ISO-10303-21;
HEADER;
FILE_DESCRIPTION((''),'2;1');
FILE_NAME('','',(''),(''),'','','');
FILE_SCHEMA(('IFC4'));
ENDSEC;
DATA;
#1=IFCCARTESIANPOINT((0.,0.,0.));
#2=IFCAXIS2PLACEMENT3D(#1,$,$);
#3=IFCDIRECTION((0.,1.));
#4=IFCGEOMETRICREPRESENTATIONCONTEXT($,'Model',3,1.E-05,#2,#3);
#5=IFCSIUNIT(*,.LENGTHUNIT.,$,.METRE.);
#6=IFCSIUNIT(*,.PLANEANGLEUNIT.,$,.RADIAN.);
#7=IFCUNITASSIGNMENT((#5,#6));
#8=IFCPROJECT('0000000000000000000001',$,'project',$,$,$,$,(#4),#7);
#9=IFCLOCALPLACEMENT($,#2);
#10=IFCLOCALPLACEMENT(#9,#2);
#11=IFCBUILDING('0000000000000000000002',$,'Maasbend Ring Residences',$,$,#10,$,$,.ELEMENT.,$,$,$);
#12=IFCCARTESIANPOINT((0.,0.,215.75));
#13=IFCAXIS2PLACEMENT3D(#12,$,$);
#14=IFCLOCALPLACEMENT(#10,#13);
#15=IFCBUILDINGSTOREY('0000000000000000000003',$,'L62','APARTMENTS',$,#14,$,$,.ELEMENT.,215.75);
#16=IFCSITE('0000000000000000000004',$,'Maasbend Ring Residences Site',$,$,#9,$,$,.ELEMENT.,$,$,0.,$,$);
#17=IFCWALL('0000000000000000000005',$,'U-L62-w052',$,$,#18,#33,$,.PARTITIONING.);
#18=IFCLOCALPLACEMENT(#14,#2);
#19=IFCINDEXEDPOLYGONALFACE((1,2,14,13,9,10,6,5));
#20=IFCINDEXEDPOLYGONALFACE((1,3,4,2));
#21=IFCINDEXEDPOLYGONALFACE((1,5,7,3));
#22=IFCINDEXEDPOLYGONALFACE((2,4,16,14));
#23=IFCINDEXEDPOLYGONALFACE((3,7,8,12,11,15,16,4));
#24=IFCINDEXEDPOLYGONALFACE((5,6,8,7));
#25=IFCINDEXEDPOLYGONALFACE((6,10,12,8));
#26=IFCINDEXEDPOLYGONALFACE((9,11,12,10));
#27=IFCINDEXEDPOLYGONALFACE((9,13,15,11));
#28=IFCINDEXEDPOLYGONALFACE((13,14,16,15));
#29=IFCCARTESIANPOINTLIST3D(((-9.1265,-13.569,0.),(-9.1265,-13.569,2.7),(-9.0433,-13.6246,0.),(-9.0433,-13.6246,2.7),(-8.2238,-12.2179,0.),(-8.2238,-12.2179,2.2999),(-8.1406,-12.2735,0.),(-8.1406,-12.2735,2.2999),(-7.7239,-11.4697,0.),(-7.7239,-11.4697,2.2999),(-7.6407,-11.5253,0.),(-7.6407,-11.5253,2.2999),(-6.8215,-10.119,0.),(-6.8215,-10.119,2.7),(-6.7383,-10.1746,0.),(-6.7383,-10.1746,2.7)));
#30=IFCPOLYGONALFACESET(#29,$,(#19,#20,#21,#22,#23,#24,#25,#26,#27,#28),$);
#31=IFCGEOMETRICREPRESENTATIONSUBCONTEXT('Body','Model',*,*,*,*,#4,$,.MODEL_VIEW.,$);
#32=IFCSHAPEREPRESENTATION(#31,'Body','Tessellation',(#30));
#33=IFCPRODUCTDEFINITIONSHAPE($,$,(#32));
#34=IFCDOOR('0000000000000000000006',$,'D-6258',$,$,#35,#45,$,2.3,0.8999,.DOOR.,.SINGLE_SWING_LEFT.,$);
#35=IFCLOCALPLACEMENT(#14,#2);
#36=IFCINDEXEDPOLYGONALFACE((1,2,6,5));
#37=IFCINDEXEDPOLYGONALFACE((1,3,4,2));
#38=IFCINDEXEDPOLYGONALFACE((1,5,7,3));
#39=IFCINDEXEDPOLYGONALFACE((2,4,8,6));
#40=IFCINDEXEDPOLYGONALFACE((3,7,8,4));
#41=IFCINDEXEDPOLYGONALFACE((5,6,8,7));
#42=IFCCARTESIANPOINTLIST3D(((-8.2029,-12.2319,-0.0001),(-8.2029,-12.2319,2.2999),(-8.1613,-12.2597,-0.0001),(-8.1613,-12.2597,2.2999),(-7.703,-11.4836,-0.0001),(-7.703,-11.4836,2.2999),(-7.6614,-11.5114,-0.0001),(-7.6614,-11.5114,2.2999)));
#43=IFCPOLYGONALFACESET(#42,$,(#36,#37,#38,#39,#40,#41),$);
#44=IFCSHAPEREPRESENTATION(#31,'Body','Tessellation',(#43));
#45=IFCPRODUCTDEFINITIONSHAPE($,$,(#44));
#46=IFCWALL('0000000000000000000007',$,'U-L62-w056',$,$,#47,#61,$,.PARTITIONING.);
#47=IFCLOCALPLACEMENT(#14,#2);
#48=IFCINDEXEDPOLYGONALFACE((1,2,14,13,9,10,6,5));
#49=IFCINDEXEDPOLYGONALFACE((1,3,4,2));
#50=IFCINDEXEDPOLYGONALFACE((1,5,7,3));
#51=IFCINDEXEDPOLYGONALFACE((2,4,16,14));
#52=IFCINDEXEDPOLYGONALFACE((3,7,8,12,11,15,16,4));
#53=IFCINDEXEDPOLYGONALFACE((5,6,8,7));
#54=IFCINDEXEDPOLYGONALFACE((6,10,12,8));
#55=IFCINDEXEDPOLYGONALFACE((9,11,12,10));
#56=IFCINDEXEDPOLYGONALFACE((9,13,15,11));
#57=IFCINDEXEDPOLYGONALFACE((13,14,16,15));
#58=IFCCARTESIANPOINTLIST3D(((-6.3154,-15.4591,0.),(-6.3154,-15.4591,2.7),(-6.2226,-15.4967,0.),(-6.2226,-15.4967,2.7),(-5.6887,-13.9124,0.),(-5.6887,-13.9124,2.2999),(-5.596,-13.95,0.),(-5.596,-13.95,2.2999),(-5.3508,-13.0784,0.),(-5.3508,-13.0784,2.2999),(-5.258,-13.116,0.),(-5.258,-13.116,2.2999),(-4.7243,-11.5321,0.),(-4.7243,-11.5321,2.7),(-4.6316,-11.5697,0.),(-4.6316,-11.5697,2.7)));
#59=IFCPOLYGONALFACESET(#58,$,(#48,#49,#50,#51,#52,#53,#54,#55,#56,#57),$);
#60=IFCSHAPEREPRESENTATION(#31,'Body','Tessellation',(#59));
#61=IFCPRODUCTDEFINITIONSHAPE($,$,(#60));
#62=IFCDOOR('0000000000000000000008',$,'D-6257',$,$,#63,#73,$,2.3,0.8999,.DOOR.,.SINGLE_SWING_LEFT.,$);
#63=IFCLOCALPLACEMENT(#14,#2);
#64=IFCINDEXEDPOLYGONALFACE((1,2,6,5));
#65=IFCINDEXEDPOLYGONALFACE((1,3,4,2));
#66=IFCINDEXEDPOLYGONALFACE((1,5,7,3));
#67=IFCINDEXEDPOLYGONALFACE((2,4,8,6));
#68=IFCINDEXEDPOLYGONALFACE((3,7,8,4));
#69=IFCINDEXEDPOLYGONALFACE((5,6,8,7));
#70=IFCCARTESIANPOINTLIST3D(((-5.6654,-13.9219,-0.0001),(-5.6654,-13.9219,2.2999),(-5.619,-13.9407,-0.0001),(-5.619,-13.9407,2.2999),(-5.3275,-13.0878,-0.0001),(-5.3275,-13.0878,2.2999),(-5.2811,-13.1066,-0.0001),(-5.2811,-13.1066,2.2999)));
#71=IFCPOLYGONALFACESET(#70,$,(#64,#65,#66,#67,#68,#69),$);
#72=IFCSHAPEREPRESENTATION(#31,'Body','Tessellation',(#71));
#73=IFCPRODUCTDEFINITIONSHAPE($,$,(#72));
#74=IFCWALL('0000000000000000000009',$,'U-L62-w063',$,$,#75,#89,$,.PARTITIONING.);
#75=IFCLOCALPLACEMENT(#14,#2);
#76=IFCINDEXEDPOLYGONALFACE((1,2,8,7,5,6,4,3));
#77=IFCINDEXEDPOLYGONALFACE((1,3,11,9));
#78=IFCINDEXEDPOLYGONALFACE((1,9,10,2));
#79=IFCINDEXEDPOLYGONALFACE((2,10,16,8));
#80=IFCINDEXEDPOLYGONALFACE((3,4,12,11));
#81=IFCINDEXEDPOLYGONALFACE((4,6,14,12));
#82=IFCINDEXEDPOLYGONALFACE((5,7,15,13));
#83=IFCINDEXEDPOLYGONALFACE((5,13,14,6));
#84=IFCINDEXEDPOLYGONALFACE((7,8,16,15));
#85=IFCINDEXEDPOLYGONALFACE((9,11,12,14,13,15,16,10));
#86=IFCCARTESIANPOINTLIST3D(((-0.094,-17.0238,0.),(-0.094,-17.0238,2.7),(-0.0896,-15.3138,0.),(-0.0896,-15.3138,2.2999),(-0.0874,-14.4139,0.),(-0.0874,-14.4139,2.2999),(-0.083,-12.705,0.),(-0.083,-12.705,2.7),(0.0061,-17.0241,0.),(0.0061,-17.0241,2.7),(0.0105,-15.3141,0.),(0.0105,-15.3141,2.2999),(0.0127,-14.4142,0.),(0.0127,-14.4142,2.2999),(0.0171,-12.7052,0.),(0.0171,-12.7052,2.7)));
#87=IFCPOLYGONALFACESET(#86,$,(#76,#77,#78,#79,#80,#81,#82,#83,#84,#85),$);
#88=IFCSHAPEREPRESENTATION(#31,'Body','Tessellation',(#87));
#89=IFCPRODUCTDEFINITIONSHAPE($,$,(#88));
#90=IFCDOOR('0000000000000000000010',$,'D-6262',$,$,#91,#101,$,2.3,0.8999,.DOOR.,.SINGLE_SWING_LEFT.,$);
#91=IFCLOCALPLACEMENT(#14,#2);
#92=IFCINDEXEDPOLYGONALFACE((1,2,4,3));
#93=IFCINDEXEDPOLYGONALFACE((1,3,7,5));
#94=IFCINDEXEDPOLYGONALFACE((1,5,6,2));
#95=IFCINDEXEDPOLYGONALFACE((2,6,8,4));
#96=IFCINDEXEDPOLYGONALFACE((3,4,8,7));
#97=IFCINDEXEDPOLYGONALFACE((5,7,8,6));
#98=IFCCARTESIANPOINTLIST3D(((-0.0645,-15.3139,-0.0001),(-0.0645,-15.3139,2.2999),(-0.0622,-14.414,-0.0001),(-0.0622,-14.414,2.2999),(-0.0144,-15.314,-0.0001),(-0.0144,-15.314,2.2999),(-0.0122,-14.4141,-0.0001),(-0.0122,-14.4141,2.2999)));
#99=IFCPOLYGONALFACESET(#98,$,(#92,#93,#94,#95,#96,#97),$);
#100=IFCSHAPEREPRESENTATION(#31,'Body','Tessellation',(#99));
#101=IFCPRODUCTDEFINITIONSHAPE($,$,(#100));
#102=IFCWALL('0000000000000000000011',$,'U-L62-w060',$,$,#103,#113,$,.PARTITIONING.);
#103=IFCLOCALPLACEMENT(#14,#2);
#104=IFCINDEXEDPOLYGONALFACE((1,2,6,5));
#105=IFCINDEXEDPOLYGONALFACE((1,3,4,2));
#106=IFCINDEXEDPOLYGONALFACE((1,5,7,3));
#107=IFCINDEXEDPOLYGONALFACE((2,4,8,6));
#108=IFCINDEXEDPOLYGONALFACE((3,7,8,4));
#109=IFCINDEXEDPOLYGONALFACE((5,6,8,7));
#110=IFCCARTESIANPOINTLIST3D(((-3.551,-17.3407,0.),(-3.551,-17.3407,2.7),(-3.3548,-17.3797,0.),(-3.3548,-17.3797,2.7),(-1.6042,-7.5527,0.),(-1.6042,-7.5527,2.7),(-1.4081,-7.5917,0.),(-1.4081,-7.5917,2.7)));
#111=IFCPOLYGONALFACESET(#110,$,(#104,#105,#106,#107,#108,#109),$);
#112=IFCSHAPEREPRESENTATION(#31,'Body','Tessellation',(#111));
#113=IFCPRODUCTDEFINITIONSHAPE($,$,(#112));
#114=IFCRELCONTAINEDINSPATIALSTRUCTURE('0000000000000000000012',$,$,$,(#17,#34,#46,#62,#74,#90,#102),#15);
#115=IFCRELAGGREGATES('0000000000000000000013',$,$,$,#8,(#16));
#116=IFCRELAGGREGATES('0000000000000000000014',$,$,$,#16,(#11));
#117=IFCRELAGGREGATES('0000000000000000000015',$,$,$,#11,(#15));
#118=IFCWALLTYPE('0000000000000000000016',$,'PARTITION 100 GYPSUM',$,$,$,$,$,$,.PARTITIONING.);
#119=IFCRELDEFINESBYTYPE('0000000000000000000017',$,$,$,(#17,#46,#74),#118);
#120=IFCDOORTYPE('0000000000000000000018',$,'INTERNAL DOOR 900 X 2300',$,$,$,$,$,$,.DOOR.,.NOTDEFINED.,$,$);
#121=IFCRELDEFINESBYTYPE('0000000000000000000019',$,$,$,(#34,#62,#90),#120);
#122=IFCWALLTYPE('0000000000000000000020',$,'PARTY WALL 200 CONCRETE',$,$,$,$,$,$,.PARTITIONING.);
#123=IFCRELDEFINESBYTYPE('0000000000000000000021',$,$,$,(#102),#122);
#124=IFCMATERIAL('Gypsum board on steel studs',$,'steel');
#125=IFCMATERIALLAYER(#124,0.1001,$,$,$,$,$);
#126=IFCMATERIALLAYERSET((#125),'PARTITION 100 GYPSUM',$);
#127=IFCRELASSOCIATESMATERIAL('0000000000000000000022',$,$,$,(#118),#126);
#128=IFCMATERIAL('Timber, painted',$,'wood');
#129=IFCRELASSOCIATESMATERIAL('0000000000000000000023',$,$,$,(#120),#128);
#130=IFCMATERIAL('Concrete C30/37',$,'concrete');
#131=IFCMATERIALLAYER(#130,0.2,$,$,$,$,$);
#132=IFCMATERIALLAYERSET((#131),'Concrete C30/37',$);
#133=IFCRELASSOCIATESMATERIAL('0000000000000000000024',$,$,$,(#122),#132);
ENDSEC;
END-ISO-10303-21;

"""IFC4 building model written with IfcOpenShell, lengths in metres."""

from ifc_helpers import new_model, si_unit, direction, frame, frame_2d, origin, place, context, subcontext, project, spatial, rectangle, extrude, material, layer, layer_set, type_object, element, fill, save


model = new_model("IFC4")

# Units and contexts
model_context = context("Model", 3, precision=1e-05, world=origin(), true_north=direction((0.0, 1.0)))
body_context = subcontext(model_context, "Body", "Model", "MODEL_VIEW")
ifc_project = project(units=[si_unit("LENGTHUNIT", "METRE"), si_unit("PLANEANGLEUNIT", "RADIAN")], contexts=[model_context])

# Site, building, storey
site_placement = place(None, origin())
site = spatial("IfcSite", under=ifc_project, at=site_placement, Name="Maasbend Ring Residences Site", CompositionType="ELEMENT", RefElevation=0.0)
building_placement = place(site_placement, origin())
building = spatial("IfcBuilding", under=site, at=building_placement, Name="Maasbend Ring Residences", CompositionType="ELEMENT")
storey_placement = place(building_placement, frame((0.0, 0.0, 215.75)))
storey = spatial("IfcBuildingStorey", under=building, at=storey_placement, Name="L62", Description="APARTMENTS", CompositionType="ELEMENT", Elevation=215.75)

# Shared definitions
ifc_material_1 = material(Name="Gypsum board on steel studs", Category="steel")
ifc_layer_1 = layer(ifc_material_1, 0.1001)
ifc_layer_set_1 = layer_set([ifc_layer_1], Name="PARTITION 100 GYPSUM")
wall_type_1 = type_object("IfcWallType", Name="PARTITION 100 GYPSUM", PredefinedType="PARTITIONING", material=ifc_layer_set_1)
ifc_material_2 = material(Name="Timber, painted", Category="wood")
door_type_1 = type_object("IfcDoorType", Name="INTERNAL DOOR 900 X 2300", OperationType="NOTDEFINED", PredefinedType="DOOR", material=ifc_material_2)

# Walls, openings, doors
wall_1_placement = place(storey_placement, frame((-9.085, -13.5969, 0.0), z_axis=(0.0, 0.0, 1.0), x_axis=(0.555528, 0.831498, 0.0)))
wall_1 = element("IfcWall", 1, at=wall_1_placement, inside=storey, type_object=wall_type_1, Name="U-L62-w052", PredefinedType="PARTITIONING", context=body_context, shape_type="SweptSolid", body=[
    extrude(rectangle(XDim=4.1492, YDim=0.1001, at=frame_2d((2.0747, 0.0))), origin(), (0.0, 0.0, 1.0), 2.7),
])
opening_1_placement = place(wall_1_placement, frame((1.625, 0.0, 0.0)))
opening_1 = element("IfcOpeningElement", 2, at=opening_1_placement, cuts=wall_1, PredefinedType="OPENING", context=body_context, shape_type="SweptSolid", body=[
    extrude(rectangle(XDim=0.8999, YDim=2.3, at=frame_2d((0.45, 1.1499))), frame((0.0, 0.0601, 0.0), z_axis=(0.0, -1.0, 0.0), x_axis=(1.0, 0.0, 0.0)), (0.0, 0.0, 1.0), 0.1201),
])
door_1_placement = place(opening_1_placement, origin())
door_1 = element("IfcDoor", 3, at=door_1_placement, inside=storey, type_object=door_type_1, Name="D-6258", OperationType="SINGLE_SWING_LEFT", OverallHeight=2.3, OverallWidth=0.8999, PredefinedType="DOOR", context=body_context, shape_type="SweptSolid", body=[
    extrude(rectangle(XDim=0.8999, YDim=2.3, at=frame_2d((0.45, 1.1499))), frame((0.0, 0.0249, 0.0), z_axis=(0.0, -1.0, 0.0), x_axis=(1.0, 0.0, 0.0)), (0.0, 0.0, 1.0), 0.05),
])
fill(opening_1, door_1)
wall_2_placement = place(storey_placement, frame((-6.269, -15.478, 0.0), z_axis=(0.0, 0.0, 1.0), x_axis=(0.37551, 0.926818, 0.0)))
wall_2 = element("IfcWall", 4, at=wall_2_placement, inside=storey, type_object=wall_type_1, Name="U-L62-w056", PredefinedType="PARTITIONING", context=body_context, shape_type="SweptSolid", body=[
    extrude(rectangle(XDim=4.2371, YDim=0.1001, at=frame_2d((2.1187, 0.0))), origin(), (0.0, 0.0, 1.0), 2.7),
])
opening_2_placement = place(wall_2_placement, frame((1.6689, 0.0, 0.0)))
opening_2 = element("IfcOpeningElement", 5, at=opening_2_placement, cuts=wall_2, PredefinedType="OPENING", context=body_context, shape_type="SweptSolid", body=[
    extrude(rectangle(XDim=0.8999, YDim=2.3, at=frame_2d((0.45, 1.1499))), frame((0.0, 0.0601, 0.0), z_axis=(0.0, -1.0, 0.0), x_axis=(1.0, 0.0, 0.0)), (0.0, 0.0, 1.0), 0.1201),
])
door_2_placement = place(opening_2_placement, origin())
door_2 = element("IfcDoor", 6, at=door_2_placement, inside=storey, type_object=door_type_1, Name="D-6257", OperationType="SINGLE_SWING_LEFT", OverallHeight=2.3, OverallWidth=0.8999, PredefinedType="DOOR", context=body_context, shape_type="SweptSolid", body=[
    extrude(rectangle(XDim=0.8999, YDim=2.3, at=frame_2d((0.45, 1.1499))), frame((0.0, 0.0249, 0.0), z_axis=(0.0, -1.0, 0.0), x_axis=(1.0, 0.0, 0.0)), (0.0, 0.0, 1.0), 0.05),
])
fill(opening_2, door_2)
wall_3_placement = place(storey_placement, frame((-0.0439, -17.0239, 0.0), z_axis=(0.0, 0.0, 1.0), x_axis=(0.002544, 0.999997, 0.0)))
wall_3 = element("IfcWall", 7, at=wall_3_placement, inside=storey, type_object=wall_type_1, Name="U-L62-w063", PredefinedType="PARTITIONING", context=body_context, shape_type="SweptSolid", body=[
    extrude(rectangle(XDim=4.3188, YDim=0.1001, at=frame_2d((2.1594, 0.0))), origin(), (0.0, 0.0, 1.0), 2.7),
])
opening_3_placement = place(wall_3_placement, frame((1.71, 0.0, 0.0)))
opening_3 = element("IfcOpeningElement", 8, at=opening_3_placement, cuts=wall_3, PredefinedType="OPENING", context=body_context, shape_type="SweptSolid", body=[
    extrude(rectangle(XDim=0.8999, YDim=2.3, at=frame_2d((0.45, 1.1499))), frame((0.0, 0.0601, 0.0), z_axis=(0.0, -1.0, 0.0), x_axis=(1.0, 0.0, 0.0)), (0.0, 0.0, 1.0), 0.1201),
])
door_3_placement = place(opening_3_placement, origin())
door_3 = element("IfcDoor", 9, at=door_3_placement, inside=storey, type_object=door_type_1, Name="D-6262", OperationType="SINGLE_SWING_LEFT", OverallHeight=2.3, OverallWidth=0.8999, PredefinedType="DOOR", context=body_context, shape_type="SweptSolid", body=[
    extrude(rectangle(XDim=0.8999, YDim=2.3, at=frame_2d((0.45, 1.1499))), frame((0.0, 0.0249, 0.0), z_axis=(0.0, -1.0, 0.0), x_axis=(1.0, 0.0, 0.0)), (0.0, 0.0, 1.0), 0.05),
])
fill(opening_3, door_3)

# Wall
ifc_material_3 = material(Name="Concrete C30/37", Category="concrete")
ifc_layer_2 = layer(ifc_material_3, 0.2)
ifc_layer_set_2 = layer_set([ifc_layer_2], Name="Concrete C30/37")
wall_type_2 = type_object("IfcWallType", Name="PARTY WALL 200 CONCRETE", PredefinedType="PARTITIONING", material=ifc_layer_set_2)
wall_4_placement = place(storey_placement, frame((-3.4529, -17.3601, 0.0), z_axis=(0.0, 0.0, 1.0), x_axis=(0.195072, 0.980789, 0.0)))
element("IfcWall", 10, at=wall_4_placement, inside=storey, type_object=wall_type_2, Name="U-L62-w060", PredefinedType="PARTITIONING", context=body_context, shape_type="SweptSolid", body=[
    extrude(rectangle(XDim=9.9797, YDim=0.2, at=frame_2d((4.9897, 0.0))), origin(), (0.0, 0.0, 1.0), 2.7),
])

save(model, "model.ifc")
